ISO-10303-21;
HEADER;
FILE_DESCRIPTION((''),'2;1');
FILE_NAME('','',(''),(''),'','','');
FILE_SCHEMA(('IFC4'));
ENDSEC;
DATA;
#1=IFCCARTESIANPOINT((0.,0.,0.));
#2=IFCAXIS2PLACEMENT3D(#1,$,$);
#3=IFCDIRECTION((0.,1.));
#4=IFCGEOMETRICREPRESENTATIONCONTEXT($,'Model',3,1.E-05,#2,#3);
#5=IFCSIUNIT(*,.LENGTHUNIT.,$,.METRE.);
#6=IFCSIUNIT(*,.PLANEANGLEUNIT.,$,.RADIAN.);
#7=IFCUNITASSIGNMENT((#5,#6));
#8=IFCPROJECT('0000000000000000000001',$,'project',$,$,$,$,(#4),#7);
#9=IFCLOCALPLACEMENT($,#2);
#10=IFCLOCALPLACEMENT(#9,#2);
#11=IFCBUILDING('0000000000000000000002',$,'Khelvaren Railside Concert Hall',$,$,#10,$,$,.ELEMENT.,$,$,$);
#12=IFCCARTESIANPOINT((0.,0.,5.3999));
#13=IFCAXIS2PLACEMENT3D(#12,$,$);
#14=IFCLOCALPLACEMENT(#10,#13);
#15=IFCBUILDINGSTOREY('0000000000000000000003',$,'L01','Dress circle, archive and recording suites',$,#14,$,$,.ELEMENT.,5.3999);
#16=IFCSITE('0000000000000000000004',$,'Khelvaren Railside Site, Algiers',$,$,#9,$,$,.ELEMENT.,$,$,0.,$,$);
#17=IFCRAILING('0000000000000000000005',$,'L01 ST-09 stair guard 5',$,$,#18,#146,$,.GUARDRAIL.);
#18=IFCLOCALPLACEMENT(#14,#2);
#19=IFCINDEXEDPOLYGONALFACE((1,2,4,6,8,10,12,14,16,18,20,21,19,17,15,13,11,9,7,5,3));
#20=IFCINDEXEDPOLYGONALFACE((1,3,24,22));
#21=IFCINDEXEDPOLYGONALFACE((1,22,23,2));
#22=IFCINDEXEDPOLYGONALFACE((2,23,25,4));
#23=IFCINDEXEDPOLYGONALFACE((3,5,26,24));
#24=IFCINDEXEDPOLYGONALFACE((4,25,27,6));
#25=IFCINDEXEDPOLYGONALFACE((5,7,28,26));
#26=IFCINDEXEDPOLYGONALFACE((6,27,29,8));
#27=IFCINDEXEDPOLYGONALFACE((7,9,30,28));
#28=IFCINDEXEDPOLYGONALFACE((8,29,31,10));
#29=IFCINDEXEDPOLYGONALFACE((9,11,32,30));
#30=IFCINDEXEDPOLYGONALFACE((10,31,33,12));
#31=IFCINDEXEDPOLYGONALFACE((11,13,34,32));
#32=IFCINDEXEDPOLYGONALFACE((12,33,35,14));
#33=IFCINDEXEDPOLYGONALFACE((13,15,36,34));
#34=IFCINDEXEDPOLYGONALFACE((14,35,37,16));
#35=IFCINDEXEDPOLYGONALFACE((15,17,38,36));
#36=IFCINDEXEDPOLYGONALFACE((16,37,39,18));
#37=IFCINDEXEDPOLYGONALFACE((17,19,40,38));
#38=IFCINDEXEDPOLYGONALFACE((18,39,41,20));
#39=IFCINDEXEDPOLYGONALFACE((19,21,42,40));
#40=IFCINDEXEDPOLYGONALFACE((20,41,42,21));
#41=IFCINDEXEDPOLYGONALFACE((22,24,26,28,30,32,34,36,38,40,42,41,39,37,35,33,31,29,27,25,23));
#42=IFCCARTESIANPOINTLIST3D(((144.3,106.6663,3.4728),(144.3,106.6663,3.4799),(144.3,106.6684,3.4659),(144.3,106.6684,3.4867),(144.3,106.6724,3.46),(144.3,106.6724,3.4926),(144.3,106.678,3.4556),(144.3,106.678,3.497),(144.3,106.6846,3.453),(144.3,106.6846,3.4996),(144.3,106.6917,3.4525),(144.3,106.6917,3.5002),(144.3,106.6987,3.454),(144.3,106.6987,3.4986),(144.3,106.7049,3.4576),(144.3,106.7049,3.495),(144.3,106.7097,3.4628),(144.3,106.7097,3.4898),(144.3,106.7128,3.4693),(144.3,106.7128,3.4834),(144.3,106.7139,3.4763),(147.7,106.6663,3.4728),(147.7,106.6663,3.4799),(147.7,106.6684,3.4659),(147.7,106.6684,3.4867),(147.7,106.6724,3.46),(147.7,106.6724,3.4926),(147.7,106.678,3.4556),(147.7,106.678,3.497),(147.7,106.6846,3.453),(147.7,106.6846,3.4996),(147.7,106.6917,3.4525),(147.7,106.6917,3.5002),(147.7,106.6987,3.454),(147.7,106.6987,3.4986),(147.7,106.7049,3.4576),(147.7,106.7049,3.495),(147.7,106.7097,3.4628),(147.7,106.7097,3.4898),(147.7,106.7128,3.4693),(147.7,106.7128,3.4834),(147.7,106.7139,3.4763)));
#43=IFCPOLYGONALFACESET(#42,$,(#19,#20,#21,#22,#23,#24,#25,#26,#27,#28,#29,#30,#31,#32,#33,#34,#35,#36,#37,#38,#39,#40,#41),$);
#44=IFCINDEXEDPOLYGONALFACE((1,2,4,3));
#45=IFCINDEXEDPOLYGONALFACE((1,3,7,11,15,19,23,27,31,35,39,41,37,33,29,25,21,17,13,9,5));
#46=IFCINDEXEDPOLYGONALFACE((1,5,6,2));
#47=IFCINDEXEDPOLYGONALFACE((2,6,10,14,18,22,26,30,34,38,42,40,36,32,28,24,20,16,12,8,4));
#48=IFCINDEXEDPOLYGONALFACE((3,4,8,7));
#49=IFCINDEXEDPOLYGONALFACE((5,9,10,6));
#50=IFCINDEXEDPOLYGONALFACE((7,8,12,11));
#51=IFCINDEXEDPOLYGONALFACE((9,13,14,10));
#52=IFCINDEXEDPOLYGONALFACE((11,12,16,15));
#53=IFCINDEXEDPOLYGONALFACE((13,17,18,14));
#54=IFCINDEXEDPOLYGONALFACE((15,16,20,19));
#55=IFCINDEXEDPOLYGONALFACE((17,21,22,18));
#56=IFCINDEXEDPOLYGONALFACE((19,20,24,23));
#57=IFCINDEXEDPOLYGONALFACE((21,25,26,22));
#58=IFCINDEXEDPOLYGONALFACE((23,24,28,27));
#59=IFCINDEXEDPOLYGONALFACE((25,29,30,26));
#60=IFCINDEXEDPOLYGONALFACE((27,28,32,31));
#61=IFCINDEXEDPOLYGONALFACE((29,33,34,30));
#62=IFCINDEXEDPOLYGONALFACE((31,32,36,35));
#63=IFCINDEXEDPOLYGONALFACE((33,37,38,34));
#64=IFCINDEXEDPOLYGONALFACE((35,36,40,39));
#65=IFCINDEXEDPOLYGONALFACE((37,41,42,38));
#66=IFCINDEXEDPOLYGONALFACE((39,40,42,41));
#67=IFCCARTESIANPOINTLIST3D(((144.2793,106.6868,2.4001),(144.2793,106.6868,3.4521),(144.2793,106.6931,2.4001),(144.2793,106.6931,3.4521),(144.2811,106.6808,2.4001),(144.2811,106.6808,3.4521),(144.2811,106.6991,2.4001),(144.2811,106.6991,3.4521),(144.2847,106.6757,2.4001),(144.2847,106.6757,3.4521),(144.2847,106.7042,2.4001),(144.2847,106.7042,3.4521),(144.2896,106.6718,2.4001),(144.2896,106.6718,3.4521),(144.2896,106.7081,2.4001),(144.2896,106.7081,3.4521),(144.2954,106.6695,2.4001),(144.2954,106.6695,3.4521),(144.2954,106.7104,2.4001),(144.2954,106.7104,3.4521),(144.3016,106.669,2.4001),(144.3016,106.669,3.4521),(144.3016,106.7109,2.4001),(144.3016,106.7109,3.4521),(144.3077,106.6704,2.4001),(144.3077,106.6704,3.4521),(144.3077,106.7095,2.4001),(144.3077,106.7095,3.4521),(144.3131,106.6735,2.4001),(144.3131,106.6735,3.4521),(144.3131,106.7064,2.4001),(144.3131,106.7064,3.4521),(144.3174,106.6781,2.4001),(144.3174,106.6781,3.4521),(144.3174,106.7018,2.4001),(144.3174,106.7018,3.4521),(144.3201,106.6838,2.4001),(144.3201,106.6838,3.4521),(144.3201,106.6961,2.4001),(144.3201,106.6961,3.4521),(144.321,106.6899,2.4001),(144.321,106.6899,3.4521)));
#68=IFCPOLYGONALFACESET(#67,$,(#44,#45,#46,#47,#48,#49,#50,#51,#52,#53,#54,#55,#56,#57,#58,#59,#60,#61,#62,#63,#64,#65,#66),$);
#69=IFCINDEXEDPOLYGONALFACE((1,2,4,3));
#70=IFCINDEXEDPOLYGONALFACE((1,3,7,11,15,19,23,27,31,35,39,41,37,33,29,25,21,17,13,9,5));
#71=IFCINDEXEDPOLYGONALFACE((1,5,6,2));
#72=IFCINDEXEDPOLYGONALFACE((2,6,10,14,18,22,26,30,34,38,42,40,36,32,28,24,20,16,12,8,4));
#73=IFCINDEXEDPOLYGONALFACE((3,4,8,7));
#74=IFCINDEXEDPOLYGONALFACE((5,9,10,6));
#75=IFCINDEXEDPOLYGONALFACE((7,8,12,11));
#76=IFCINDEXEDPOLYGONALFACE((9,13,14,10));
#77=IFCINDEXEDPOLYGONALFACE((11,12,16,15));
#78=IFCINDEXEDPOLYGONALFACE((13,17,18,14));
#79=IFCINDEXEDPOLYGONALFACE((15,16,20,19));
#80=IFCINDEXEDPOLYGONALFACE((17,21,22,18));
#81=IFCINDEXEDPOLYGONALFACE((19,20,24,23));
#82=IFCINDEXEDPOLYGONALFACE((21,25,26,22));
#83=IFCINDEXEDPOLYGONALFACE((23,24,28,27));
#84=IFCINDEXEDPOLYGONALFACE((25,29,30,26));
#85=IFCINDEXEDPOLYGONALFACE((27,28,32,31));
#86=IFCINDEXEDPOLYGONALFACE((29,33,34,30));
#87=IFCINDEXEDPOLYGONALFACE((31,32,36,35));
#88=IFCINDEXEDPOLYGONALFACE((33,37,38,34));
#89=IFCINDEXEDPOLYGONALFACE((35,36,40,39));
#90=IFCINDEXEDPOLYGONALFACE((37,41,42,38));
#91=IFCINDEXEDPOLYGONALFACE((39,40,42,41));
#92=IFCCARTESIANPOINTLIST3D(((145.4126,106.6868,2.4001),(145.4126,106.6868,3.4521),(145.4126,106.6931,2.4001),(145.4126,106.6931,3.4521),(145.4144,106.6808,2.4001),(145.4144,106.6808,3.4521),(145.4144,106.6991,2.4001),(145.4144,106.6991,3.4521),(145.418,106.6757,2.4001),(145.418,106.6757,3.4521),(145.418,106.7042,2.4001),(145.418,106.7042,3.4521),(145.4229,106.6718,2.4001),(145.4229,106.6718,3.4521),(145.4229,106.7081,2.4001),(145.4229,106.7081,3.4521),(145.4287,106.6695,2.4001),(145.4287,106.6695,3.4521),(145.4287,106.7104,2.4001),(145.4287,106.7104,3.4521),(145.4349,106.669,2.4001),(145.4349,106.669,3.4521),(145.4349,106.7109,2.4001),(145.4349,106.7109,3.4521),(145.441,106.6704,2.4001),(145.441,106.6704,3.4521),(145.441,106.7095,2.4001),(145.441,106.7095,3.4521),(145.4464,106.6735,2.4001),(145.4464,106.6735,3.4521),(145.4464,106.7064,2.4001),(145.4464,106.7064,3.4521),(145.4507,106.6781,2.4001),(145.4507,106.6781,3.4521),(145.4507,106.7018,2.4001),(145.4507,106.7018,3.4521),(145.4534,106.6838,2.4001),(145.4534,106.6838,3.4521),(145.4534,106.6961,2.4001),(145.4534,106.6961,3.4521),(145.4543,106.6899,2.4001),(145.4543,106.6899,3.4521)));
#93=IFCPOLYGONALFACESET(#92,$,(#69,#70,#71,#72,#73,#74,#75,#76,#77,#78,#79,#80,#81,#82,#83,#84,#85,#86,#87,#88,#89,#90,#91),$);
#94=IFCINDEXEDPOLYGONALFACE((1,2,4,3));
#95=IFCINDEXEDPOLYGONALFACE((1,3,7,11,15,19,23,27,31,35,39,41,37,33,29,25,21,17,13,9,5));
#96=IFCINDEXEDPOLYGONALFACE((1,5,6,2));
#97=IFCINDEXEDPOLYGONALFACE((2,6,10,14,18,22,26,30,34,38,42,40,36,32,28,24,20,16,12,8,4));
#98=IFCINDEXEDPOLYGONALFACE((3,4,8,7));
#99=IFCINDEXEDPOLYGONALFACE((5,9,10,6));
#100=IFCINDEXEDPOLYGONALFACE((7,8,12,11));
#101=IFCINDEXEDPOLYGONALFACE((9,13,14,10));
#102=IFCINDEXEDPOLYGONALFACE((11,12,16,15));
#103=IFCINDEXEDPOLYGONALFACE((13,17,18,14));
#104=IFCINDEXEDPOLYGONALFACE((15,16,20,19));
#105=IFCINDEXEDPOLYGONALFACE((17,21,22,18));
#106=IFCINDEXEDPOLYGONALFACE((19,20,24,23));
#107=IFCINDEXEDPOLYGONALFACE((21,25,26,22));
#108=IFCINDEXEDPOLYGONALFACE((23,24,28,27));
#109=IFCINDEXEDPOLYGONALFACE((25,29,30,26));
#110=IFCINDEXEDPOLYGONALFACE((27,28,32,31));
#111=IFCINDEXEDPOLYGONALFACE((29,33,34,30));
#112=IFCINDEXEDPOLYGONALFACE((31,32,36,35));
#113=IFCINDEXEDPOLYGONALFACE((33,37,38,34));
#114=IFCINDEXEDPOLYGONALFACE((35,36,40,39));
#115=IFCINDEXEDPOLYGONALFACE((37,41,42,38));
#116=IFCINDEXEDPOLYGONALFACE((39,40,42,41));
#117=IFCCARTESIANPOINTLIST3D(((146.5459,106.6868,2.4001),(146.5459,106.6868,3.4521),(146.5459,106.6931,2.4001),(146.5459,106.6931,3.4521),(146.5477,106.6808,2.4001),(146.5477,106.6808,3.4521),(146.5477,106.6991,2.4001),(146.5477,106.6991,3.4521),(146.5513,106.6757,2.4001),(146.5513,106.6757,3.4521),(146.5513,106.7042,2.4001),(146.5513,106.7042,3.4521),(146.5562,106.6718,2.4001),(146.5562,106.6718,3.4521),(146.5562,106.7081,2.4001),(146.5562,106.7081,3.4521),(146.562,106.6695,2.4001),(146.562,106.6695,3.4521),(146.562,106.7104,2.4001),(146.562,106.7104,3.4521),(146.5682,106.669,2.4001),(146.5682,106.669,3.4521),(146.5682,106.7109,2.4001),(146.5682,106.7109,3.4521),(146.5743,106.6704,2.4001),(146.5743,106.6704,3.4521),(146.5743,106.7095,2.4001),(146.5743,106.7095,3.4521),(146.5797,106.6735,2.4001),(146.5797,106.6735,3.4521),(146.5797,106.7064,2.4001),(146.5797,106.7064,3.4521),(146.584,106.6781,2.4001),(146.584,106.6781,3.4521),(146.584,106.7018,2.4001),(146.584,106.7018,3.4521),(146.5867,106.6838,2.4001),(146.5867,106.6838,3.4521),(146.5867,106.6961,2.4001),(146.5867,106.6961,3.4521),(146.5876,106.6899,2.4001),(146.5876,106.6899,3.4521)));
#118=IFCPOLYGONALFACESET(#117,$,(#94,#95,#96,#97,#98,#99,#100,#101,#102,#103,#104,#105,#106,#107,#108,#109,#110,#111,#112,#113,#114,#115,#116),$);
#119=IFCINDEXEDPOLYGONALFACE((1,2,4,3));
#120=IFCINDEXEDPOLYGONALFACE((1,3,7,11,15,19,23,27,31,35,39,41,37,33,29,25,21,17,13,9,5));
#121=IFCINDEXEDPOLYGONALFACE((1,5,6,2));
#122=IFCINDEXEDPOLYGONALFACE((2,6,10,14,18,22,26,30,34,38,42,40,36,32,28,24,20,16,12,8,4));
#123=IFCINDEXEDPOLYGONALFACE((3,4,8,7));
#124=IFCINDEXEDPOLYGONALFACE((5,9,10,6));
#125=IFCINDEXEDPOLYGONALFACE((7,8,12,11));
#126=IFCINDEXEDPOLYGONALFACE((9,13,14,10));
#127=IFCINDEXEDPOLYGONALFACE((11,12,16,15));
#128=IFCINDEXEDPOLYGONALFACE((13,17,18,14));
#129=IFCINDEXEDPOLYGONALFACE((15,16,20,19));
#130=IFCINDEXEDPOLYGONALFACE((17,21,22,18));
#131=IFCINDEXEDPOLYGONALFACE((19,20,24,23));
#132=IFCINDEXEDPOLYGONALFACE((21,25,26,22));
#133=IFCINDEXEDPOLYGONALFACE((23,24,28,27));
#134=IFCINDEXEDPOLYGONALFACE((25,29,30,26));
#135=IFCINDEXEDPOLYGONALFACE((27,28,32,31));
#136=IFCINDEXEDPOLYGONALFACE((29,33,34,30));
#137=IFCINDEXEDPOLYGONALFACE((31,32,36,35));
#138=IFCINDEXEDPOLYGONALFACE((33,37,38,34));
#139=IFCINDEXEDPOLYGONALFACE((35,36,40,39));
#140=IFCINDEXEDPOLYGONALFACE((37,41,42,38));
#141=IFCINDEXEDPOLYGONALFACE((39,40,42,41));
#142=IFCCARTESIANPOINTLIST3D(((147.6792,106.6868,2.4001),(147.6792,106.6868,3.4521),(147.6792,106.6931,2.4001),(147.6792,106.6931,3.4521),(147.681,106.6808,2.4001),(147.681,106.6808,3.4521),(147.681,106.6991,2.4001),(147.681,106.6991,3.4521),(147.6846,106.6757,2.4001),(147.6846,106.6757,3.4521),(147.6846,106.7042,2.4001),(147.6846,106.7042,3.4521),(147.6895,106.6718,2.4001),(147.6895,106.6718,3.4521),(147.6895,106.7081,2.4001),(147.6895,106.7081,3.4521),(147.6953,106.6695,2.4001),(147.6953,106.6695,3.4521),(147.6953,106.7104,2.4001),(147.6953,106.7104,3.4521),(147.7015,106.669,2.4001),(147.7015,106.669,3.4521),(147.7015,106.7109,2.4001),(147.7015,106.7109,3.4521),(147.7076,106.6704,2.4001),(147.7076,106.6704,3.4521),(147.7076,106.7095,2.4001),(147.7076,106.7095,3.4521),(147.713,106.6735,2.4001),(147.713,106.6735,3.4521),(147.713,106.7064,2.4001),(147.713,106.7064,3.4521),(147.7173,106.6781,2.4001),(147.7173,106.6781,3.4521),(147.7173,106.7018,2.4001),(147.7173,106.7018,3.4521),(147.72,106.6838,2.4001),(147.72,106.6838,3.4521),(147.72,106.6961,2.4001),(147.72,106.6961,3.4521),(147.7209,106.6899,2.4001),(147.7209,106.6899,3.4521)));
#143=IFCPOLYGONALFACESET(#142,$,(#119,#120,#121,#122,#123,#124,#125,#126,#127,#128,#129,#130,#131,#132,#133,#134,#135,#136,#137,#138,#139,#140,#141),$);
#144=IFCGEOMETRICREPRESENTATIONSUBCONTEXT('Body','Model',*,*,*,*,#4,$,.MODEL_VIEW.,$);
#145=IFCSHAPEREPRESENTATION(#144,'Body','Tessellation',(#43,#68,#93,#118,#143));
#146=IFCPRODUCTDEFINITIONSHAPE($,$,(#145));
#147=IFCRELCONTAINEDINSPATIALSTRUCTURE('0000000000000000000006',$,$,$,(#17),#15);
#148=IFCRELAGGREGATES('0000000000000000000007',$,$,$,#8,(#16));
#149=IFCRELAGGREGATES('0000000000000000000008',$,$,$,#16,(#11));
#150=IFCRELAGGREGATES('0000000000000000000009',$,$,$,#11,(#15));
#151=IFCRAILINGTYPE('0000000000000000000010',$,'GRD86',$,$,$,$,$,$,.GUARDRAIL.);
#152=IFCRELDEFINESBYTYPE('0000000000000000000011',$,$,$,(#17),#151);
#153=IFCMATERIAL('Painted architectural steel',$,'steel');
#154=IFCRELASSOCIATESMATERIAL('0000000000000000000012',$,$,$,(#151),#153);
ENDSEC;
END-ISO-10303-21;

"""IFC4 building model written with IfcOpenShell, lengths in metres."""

from ifc_helpers import new_model, si_unit, direction, frame, origin, origin_2d, place, context, subcontext, project, spatial, circle, extrude, material, type_object, element, save


model = new_model("IFC4")

# Units and contexts
model_context = context("Model", 3, precision=1e-05, world=origin(), true_north=direction((0.0, 1.0)))
body_context = subcontext(model_context, "Body", "Model", "MODEL_VIEW")
ifc_project = project(units=[si_unit("LENGTHUNIT", "METRE"), si_unit("PLANEANGLEUNIT", "RADIAN")], contexts=[model_context])

# Site, building, storey
site_placement = place(None, origin())
site = spatial("IfcSite", under=ifc_project, at=site_placement, Name="Khelvaren Railside Site, Algiers", CompositionType="ELEMENT", RefElevation=0.0)
building_placement = place(site_placement, origin())
building = spatial("IfcBuilding", under=site, at=building_placement, Name="Khelvaren Railside Concert Hall", CompositionType="ELEMENT")
storey_placement = place(building_placement, frame((0.0, 0.0, 5.3999)))
storey = spatial("IfcBuildingStorey", under=building, at=storey_placement, Name="L01", Description="Dress circle, archive and recording suites", CompositionType="ELEMENT", Elevation=5.3999)

# Railing
ifc_material_1 = material(Name="Painted architectural steel", Category="steel")
railing_type_1 = type_object("IfcRailingType", Name="GRD86", PredefinedType="GUARDRAIL", material=ifc_material_1)
railing_1_placement = place(storey_placement, frame((144.3, 106.6899, 2.4001)))
element("IfcRailing", 1, at=railing_1_placement, inside=storey, type_object=railing_type_1, Name="L01 ST-09 stair guard 5", PredefinedType="GUARDRAIL", context=body_context, shape_type="SweptSolid", body=[
    extrude(circle(Radius=0.0239, at=origin_2d()), frame((0.0, 0.0, 1.0762), z_axis=(1.0, 0.0, 0.0), x_axis=(0.0, 1.0, 0.0)), (0.0, 0.0, 1.0), 3.3999),
    extrude(circle(Radius=0.021, at=origin_2d()), origin(), (0.0, 0.0, 1.0), 1.052),
    extrude(circle(Radius=0.021, at=origin_2d()), frame((1.1333, 0.0, 0.0)), (0.0, 0.0, 1.0), 1.052),
    extrude(circle(Radius=0.021, at=origin_2d()), frame((2.2666, 0.0, 0.0)), (0.0, 0.0, 1.0), 1.052),
    extrude(circle(Radius=0.021, at=origin_2d()), frame((3.3999, 0.0, 0.0)), (0.0, 0.0, 1.0), 1.052),
])

save(model, "model.ifc")
